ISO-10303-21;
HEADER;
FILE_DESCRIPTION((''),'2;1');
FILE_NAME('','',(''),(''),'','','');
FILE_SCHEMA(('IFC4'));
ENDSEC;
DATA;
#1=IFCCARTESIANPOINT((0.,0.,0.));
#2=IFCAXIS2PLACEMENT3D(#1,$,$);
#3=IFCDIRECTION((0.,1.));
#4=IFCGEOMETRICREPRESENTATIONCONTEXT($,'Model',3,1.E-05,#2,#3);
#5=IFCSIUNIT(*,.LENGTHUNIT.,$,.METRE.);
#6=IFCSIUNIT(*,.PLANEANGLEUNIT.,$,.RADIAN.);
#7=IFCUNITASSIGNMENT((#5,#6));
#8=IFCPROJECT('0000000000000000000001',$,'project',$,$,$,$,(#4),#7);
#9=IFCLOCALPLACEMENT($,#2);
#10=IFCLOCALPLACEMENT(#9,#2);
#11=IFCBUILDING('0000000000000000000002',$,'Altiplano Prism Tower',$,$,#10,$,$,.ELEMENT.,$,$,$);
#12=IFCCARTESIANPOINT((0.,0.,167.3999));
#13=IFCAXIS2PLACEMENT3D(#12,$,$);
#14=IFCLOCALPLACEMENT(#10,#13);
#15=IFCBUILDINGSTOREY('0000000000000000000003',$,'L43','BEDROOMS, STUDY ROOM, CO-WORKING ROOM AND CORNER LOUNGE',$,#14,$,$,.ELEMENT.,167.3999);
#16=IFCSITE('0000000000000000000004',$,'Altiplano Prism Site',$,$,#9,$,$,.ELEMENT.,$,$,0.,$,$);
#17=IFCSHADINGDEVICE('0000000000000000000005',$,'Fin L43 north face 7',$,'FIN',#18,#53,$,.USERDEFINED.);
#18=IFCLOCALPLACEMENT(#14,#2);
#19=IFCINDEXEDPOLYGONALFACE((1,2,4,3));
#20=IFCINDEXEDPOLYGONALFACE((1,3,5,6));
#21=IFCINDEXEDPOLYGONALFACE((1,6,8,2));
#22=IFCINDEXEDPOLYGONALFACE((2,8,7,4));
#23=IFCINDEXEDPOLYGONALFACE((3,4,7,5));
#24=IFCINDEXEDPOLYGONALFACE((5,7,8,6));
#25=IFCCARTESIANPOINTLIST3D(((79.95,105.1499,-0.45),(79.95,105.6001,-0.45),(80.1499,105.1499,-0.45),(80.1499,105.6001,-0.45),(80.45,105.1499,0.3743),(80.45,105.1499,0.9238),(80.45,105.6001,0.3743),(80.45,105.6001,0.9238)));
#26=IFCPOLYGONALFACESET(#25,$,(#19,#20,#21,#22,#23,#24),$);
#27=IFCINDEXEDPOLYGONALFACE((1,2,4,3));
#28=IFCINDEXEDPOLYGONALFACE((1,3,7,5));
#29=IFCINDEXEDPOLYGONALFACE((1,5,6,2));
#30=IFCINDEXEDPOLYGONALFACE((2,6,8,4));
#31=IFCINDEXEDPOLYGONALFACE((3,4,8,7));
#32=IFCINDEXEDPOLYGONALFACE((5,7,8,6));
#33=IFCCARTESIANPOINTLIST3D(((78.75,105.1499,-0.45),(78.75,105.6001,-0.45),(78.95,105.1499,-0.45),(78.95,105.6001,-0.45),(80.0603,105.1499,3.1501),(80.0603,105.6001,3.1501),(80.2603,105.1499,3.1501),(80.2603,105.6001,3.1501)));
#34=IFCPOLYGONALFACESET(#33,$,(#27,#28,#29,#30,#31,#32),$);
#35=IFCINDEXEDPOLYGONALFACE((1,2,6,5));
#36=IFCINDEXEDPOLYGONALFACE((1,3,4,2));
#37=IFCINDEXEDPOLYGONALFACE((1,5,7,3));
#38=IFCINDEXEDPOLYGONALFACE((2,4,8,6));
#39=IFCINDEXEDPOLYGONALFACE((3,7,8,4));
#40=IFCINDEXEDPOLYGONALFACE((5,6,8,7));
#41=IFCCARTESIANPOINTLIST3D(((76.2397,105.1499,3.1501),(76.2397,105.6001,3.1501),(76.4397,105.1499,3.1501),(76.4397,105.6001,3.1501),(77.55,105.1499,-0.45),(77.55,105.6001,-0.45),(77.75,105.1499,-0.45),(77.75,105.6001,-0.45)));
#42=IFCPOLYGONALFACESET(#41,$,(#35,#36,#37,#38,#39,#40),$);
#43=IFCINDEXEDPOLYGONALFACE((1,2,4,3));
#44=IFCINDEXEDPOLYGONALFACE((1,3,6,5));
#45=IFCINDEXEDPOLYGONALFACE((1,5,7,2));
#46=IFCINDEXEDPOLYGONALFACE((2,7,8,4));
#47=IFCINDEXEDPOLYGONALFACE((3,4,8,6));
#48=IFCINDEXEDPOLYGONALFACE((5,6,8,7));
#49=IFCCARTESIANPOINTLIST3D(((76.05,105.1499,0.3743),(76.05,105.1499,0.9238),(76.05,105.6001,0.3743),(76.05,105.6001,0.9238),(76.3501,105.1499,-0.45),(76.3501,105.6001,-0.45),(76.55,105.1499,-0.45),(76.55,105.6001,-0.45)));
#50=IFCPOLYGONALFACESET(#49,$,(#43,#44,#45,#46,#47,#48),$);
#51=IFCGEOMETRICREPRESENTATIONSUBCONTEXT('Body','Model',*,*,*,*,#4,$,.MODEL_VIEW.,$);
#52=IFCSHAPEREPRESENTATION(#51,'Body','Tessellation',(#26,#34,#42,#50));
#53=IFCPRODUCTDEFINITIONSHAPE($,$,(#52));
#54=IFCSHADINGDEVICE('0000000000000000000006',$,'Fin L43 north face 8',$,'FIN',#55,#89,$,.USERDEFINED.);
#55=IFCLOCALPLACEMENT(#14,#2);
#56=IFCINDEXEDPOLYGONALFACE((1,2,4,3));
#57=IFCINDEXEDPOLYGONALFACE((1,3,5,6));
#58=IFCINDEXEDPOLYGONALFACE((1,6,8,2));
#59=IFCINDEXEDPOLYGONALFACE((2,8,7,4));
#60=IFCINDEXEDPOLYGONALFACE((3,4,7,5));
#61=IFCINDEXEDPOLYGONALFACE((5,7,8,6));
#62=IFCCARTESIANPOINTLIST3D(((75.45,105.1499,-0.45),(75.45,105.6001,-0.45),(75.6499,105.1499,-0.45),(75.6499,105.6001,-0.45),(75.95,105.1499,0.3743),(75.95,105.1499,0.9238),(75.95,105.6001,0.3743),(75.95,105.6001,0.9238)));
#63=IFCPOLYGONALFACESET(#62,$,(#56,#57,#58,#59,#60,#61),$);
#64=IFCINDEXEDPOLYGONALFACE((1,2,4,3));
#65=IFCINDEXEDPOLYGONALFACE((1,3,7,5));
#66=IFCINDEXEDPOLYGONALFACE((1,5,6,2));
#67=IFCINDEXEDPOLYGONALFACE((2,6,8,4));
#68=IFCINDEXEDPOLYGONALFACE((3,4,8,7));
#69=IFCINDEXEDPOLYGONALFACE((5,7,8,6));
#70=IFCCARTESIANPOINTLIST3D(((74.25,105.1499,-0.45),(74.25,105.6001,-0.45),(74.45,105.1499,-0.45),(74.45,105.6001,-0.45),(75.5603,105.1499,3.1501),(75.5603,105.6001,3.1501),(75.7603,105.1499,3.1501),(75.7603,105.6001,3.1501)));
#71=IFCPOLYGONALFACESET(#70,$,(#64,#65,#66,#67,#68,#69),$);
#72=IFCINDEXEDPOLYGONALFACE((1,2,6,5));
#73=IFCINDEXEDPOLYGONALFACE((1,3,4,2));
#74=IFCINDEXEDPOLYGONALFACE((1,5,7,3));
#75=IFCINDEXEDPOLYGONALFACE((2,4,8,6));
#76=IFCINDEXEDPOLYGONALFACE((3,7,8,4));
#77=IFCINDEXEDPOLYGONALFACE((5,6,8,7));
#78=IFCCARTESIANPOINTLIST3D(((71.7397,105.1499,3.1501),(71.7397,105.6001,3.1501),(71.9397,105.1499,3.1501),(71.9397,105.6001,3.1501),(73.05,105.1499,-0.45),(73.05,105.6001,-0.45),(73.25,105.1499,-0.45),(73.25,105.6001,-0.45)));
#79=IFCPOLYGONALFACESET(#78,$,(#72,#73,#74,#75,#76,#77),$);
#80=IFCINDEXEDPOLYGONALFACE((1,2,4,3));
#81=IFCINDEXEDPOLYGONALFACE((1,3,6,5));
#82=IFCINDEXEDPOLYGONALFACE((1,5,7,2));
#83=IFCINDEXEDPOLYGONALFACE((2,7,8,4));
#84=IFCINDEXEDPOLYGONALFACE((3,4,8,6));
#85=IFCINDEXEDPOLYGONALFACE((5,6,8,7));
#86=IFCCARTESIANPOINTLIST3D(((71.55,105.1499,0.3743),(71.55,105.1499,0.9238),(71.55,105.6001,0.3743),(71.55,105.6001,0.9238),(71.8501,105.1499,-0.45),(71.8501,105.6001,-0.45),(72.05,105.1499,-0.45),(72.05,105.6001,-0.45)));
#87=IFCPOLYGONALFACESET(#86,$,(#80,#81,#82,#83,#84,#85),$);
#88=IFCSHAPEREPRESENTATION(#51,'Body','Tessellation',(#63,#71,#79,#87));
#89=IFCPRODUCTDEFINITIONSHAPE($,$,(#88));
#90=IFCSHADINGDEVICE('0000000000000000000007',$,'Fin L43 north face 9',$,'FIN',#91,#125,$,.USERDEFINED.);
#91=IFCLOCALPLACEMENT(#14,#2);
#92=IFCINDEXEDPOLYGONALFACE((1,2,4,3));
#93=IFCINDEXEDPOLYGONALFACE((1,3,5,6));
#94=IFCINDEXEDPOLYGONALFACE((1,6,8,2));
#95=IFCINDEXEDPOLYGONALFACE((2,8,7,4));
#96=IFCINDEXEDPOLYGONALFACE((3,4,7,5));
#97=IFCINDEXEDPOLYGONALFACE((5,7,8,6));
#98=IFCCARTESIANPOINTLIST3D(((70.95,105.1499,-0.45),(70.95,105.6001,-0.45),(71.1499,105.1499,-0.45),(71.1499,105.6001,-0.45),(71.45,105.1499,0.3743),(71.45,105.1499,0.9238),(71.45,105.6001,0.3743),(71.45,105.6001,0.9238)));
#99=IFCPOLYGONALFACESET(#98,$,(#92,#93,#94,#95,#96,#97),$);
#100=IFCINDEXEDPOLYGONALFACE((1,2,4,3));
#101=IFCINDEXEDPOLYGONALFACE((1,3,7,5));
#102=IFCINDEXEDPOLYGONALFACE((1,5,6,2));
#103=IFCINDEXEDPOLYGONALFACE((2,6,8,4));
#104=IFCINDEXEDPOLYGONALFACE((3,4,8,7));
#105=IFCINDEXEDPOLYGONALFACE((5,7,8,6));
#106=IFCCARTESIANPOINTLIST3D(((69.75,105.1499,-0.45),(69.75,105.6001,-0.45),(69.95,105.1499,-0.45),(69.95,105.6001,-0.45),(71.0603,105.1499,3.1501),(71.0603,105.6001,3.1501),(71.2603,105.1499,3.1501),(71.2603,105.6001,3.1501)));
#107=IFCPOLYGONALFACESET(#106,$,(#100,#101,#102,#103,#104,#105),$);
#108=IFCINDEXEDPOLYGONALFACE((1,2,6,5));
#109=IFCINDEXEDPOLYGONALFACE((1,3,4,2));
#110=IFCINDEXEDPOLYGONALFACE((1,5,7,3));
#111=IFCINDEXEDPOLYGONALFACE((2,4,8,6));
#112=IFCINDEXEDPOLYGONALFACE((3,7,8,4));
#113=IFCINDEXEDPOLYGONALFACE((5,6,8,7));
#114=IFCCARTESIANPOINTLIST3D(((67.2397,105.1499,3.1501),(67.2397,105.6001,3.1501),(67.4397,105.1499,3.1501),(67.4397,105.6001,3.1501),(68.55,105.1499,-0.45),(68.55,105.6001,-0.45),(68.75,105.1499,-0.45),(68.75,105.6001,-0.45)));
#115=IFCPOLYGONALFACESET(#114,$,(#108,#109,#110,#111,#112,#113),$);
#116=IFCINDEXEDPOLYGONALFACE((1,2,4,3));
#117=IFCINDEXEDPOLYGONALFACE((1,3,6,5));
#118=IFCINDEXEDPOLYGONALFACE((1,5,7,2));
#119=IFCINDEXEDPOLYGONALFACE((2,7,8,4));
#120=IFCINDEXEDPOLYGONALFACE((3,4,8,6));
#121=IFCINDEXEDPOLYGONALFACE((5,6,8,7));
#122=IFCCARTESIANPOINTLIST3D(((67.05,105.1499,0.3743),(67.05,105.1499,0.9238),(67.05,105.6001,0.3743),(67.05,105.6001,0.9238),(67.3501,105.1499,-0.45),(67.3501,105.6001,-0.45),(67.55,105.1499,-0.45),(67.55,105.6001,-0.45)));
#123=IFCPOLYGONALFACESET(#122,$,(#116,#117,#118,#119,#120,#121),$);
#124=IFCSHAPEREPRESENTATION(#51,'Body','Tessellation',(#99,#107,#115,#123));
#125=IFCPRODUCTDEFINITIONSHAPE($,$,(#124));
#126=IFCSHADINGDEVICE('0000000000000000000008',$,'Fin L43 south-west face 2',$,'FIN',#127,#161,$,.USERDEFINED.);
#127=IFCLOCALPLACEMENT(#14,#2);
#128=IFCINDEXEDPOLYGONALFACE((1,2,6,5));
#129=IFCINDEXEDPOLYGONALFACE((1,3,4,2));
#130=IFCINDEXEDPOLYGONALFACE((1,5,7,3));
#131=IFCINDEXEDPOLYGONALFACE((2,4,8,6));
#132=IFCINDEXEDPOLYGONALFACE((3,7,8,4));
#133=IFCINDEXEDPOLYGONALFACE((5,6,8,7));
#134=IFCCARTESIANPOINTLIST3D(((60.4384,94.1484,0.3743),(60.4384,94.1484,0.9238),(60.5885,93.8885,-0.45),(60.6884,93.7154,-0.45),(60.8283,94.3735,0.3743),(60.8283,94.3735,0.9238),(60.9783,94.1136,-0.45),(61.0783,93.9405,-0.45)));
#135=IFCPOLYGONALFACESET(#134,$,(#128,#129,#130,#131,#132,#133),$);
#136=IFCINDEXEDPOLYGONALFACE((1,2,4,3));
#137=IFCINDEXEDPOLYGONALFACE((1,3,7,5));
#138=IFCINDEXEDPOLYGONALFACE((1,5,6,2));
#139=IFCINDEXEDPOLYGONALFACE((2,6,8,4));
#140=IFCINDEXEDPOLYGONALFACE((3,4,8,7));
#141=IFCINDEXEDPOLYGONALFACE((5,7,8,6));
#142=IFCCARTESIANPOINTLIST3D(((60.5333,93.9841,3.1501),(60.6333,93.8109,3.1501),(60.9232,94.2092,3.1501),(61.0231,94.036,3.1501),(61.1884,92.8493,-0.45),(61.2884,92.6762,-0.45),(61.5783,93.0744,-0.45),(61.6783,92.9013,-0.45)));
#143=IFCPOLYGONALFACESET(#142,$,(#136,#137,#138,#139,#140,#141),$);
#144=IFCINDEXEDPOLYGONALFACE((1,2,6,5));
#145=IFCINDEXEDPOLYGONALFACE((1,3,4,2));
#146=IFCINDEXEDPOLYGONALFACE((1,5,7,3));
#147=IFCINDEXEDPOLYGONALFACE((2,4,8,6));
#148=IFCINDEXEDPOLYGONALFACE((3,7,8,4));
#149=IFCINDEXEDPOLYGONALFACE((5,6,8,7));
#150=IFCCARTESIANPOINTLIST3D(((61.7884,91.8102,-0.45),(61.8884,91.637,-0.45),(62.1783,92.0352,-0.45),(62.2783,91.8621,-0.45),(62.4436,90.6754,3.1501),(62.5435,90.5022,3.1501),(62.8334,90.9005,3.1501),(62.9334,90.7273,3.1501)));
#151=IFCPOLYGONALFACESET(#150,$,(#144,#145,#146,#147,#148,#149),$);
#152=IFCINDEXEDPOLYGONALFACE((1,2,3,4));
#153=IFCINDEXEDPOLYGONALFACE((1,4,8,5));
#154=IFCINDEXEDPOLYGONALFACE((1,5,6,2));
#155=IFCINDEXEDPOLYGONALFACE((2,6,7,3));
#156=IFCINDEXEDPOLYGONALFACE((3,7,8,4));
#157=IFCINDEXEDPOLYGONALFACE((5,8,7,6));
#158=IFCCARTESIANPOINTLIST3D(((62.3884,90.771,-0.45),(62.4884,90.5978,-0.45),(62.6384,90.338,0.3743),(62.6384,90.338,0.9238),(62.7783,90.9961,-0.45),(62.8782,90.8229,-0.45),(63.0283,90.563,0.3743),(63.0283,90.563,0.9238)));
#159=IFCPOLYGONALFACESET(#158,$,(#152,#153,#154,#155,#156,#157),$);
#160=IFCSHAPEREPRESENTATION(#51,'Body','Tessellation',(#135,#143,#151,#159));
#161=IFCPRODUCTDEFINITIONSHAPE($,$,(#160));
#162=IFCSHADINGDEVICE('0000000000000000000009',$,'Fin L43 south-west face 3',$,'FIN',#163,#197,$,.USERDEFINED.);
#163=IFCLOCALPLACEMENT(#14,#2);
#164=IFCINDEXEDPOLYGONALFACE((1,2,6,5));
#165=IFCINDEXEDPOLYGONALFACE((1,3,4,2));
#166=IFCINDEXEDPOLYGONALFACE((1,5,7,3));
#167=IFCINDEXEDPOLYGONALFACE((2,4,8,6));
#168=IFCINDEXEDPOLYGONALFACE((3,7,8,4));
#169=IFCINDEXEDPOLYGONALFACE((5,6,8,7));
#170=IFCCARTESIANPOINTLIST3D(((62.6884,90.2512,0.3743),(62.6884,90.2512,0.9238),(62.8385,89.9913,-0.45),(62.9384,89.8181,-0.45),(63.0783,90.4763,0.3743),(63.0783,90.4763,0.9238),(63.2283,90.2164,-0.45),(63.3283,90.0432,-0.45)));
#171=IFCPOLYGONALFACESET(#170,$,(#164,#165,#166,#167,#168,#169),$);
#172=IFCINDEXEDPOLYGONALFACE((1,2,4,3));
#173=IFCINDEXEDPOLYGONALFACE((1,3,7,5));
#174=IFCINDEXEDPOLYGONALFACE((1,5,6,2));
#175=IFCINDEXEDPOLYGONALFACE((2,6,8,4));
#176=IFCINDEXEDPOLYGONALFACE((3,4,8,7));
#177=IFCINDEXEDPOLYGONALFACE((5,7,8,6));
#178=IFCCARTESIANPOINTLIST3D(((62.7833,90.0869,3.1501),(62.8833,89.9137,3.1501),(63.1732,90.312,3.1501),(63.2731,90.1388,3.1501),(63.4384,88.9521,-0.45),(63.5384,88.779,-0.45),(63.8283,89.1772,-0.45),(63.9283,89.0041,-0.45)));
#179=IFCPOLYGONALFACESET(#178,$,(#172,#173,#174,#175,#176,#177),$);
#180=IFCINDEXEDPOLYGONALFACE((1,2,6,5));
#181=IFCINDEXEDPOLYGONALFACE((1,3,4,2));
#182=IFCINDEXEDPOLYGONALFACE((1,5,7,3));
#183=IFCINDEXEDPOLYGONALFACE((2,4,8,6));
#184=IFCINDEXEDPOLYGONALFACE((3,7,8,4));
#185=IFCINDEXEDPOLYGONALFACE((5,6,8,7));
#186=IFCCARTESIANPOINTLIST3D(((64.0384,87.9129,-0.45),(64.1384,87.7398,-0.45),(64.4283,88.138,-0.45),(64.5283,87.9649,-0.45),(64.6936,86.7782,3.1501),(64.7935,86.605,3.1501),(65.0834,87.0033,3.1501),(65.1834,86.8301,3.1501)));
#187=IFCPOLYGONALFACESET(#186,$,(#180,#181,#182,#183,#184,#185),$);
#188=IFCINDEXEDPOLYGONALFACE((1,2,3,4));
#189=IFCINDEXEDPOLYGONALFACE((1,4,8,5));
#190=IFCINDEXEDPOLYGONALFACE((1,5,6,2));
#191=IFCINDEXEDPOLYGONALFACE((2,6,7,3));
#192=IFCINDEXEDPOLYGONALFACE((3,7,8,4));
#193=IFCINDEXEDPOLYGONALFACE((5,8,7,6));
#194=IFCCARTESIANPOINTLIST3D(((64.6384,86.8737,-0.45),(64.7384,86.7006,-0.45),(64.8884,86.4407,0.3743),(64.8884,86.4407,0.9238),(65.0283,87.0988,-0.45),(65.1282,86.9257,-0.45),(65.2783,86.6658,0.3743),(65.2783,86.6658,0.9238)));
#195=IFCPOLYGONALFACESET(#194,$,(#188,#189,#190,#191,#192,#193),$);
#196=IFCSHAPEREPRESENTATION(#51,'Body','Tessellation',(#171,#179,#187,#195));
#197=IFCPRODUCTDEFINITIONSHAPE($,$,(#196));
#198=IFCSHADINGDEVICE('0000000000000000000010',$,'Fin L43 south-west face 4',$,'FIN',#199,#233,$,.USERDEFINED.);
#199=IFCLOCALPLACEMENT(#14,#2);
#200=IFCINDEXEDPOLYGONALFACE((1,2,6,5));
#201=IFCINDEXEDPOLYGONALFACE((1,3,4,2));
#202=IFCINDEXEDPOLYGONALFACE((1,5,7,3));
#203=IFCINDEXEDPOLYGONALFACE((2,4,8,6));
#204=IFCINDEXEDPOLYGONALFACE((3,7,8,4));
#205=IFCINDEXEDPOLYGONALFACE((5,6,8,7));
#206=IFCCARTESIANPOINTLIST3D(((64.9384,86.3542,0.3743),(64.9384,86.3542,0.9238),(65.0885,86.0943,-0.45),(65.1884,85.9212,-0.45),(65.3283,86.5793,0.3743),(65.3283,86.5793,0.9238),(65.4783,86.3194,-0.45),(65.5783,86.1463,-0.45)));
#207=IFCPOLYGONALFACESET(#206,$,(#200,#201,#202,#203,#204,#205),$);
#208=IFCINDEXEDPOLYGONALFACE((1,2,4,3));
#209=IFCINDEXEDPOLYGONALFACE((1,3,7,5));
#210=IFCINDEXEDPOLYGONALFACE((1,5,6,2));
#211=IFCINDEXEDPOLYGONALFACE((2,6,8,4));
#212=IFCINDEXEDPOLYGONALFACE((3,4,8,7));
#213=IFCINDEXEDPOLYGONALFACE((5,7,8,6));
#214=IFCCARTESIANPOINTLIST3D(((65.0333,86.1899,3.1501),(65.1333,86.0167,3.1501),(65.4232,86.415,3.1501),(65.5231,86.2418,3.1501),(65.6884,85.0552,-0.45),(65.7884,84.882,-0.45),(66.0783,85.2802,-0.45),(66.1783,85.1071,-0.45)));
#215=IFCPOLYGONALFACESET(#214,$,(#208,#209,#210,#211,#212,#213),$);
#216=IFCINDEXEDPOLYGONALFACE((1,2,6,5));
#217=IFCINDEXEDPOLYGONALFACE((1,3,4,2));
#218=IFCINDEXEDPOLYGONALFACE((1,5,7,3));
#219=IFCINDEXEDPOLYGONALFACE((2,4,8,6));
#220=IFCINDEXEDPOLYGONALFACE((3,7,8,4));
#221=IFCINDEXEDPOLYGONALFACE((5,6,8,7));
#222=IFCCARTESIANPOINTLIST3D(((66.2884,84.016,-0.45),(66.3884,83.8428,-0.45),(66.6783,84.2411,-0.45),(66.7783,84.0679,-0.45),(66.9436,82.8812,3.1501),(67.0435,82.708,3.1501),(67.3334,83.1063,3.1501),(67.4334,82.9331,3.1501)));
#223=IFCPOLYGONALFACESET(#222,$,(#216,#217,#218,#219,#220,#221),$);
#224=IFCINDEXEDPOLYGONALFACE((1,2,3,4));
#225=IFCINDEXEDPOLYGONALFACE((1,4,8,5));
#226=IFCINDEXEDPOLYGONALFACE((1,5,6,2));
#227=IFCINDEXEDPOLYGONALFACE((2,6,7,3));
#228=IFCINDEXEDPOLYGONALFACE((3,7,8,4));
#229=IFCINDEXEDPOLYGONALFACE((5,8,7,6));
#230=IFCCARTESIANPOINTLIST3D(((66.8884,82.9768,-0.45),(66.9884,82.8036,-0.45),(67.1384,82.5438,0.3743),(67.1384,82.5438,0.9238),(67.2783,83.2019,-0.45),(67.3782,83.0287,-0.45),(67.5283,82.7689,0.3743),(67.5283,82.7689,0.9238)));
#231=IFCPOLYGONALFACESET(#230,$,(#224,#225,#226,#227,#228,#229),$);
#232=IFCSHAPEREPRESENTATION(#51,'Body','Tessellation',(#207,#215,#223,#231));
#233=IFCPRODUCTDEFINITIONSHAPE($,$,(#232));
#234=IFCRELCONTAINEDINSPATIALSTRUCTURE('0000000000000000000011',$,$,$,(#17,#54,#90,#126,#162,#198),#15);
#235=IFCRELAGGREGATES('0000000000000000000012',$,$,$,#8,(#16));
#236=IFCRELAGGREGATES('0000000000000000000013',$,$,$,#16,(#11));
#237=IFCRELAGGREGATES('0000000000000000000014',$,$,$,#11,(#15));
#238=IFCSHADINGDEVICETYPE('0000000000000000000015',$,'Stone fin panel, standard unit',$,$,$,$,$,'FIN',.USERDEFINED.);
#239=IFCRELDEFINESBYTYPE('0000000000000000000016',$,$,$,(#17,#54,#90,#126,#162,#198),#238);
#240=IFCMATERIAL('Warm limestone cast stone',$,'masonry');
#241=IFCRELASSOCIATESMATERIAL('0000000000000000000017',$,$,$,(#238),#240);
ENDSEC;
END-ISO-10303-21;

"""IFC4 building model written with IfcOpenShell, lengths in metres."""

from ifc_helpers import new_model, si_unit, direction, frame, origin, place, context, subcontext, project, spatial, polyline, outline, extrude, source, transform, mapped, material, type_object, element, save


model = new_model("IFC4")

# Units and contexts
model_context = context("Model", 3, precision=1e-05, world=origin(), true_north=direction((0.0, 1.0)))
body_context = subcontext(model_context, "Body", "Model", "MODEL_VIEW")
ifc_project = project(units=[si_unit("LENGTHUNIT", "METRE"), si_unit("PLANEANGLEUNIT", "RADIAN")], contexts=[model_context])

# Site, building, storey
site_placement = place(None, origin())
site = spatial("IfcSite", under=ifc_project, at=site_placement, Name="Altiplano Prism Site", CompositionType="ELEMENT", RefElevation=0.0)
building_placement = place(site_placement, origin())
building = spatial("IfcBuilding", under=site, at=building_placement, Name="Altiplano Prism Tower", CompositionType="ELEMENT")
storey_placement = place(building_placement, frame((0.0, 0.0, 167.3999)))
storey = spatial("IfcBuildingStorey", under=building, at=storey_placement, Name="L43", Description="BEDROOMS, STUDY ROOM, CO-WORKING ROOM AND CORNER LOUNGE", CompositionType="ELEMENT", Elevation=167.3999)

# Shading devices
ifc_material_1 = material(Name="Warm limestone cast stone", Category="masonry")
shading_device_type_1 = type_object("IfcShadingDeviceType", Name="Stone fin panel, standard unit", ElementType="FIN", PredefinedType="USERDEFINED", material=ifc_material_1)
shared_shape_1 = source(origin(), body_context, "Body", "SweptSolid", [
    extrude(outline(polyline([(-2.2, 1.3738), (-2.2, 0.8242), (-1.8999, 0.0), (-1.7, 0.0), (-2.2, 1.3738)])), frame((0.0, -0.1499, 0.0), z_axis=(0.0, -1.0, 0.0), x_axis=(1.0, 0.0, 0.0)), (0.0, 0.0, 1.0), 0.4502),
    extrude(outline(polyline([(-2.0103, 3.6001), (-0.7, 0.0), (-0.5, 0.0), (-1.8103, 3.6001), (-2.0103, 3.6001)])), frame((0.0, -0.1499, 0.0), z_axis=(0.0, -1.0, 0.0), x_axis=(1.0, 0.0, 0.0)), (0.0, 0.0, 1.0), 0.4502),
    extrude(outline(polyline([(1.8103, 3.6001), (0.5, 0.0), (0.7, 0.0), (2.0103, 3.6001), (1.8103, 3.6001)])), frame((0.0, -0.1499, 0.0), z_axis=(0.0, -1.0, 0.0), x_axis=(1.0, 0.0, 0.0)), (0.0, 0.0, 1.0), 0.4502),
    extrude(outline(polyline([(2.2, 0.8242), (2.2, 1.3738), (1.7, 0.0), (1.8999, 0.0), (2.2, 0.8242)])), frame((0.0, -0.1499, 0.0), z_axis=(0.0, -1.0, 0.0), x_axis=(1.0, 0.0, 0.0)), (0.0, 0.0, 1.0), 0.4502),
])
shading_device_1_placement = place(storey_placement, origin())
element("IfcShadingDevice", 1, at=shading_device_1_placement, inside=storey, type_object=shading_device_type_1, Name="Fin L43 north face 7", ObjectType="FIN", PredefinedType="USERDEFINED", context=body_context, shape_type="MappedRepresentation", body=[
    mapped(shared_shape_1, transform((78.25, 105.0, -0.45), x_axis=(-1.0, 0.0, 0.0), y_axis=(0.0, -1.0, 0.0), z_axis=(0.0, 0.0, 1.0))),
])
shading_device_2_placement = place(storey_placement, origin())
element("IfcShadingDevice", 2, at=shading_device_2_placement, inside=storey, type_object=shading_device_type_1, Name="Fin L43 north face 8", ObjectType="FIN", PredefinedType="USERDEFINED", context=body_context, shape_type="MappedRepresentation", body=[
    mapped(shared_shape_1, transform((73.75, 105.0, -0.45), x_axis=(-1.0, 0.0, 0.0), y_axis=(0.0, -1.0, 0.0), z_axis=(0.0, 0.0, 1.0))),
])
shading_device_3_placement = place(storey_placement, origin())
element("IfcShadingDevice", 3, at=shading_device_3_placement, inside=storey, type_object=shading_device_type_1, Name="Fin L43 north face 9", ObjectType="FIN", PredefinedType="USERDEFINED", context=body_context, shape_type="MappedRepresentation", body=[
    mapped(shared_shape_1, transform((69.25, 105.0, -0.45), x_axis=(-1.0, 0.0, 0.0), y_axis=(0.0, -1.0, 0.0), z_axis=(0.0, 0.0, 1.0))),
])
shading_device_4_placement = place(storey_placement, origin())
element("IfcShadingDevice", 4, at=shading_device_4_placement, inside=storey, type_object=shading_device_type_1, Name="Fin L43 south-west face 2", ObjectType="FIN", PredefinedType="USERDEFINED", context=body_context, shape_type="MappedRepresentation", body=[
    mapped(shared_shape_1, transform((62.0581, 92.5432, -0.45), x_axis=(0.5, -0.866025, 0.0), y_axis=(0.866025, 0.5, 0.0), z_axis=(0.0, 0.0, 1.0))),
])
shading_device_5_placement = place(storey_placement, origin())
element("IfcShadingDevice", 5, at=shading_device_5_placement, inside=storey, type_object=shading_device_type_1, Name="Fin L43 south-west face 3", ObjectType="FIN", PredefinedType="USERDEFINED", context=body_context, shape_type="MappedRepresentation", body=[
    mapped(shared_shape_1, transform((64.3081, 88.646, -0.45), x_axis=(0.5, -0.866025, 0.0), y_axis=(0.866025, 0.5, 0.0), z_axis=(0.0, 0.0, 1.0))),
])
shading_device_6_placement = place(storey_placement, origin())
element("IfcShadingDevice", 6, at=shading_device_6_placement, inside=storey, type_object=shading_device_type_1, Name="Fin L43 south-west face 4", ObjectType="FIN", PredefinedType="USERDEFINED", context=body_context, shape_type="MappedRepresentation", body=[
    mapped(shared_shape_1, transform((66.5581, 84.749, -0.45), x_axis=(0.5, -0.866025, 0.0), y_axis=(0.866025, 0.5, 0.0), z_axis=(0.0, 0.0, 1.0))),
])

save(model, "model.ifc")
